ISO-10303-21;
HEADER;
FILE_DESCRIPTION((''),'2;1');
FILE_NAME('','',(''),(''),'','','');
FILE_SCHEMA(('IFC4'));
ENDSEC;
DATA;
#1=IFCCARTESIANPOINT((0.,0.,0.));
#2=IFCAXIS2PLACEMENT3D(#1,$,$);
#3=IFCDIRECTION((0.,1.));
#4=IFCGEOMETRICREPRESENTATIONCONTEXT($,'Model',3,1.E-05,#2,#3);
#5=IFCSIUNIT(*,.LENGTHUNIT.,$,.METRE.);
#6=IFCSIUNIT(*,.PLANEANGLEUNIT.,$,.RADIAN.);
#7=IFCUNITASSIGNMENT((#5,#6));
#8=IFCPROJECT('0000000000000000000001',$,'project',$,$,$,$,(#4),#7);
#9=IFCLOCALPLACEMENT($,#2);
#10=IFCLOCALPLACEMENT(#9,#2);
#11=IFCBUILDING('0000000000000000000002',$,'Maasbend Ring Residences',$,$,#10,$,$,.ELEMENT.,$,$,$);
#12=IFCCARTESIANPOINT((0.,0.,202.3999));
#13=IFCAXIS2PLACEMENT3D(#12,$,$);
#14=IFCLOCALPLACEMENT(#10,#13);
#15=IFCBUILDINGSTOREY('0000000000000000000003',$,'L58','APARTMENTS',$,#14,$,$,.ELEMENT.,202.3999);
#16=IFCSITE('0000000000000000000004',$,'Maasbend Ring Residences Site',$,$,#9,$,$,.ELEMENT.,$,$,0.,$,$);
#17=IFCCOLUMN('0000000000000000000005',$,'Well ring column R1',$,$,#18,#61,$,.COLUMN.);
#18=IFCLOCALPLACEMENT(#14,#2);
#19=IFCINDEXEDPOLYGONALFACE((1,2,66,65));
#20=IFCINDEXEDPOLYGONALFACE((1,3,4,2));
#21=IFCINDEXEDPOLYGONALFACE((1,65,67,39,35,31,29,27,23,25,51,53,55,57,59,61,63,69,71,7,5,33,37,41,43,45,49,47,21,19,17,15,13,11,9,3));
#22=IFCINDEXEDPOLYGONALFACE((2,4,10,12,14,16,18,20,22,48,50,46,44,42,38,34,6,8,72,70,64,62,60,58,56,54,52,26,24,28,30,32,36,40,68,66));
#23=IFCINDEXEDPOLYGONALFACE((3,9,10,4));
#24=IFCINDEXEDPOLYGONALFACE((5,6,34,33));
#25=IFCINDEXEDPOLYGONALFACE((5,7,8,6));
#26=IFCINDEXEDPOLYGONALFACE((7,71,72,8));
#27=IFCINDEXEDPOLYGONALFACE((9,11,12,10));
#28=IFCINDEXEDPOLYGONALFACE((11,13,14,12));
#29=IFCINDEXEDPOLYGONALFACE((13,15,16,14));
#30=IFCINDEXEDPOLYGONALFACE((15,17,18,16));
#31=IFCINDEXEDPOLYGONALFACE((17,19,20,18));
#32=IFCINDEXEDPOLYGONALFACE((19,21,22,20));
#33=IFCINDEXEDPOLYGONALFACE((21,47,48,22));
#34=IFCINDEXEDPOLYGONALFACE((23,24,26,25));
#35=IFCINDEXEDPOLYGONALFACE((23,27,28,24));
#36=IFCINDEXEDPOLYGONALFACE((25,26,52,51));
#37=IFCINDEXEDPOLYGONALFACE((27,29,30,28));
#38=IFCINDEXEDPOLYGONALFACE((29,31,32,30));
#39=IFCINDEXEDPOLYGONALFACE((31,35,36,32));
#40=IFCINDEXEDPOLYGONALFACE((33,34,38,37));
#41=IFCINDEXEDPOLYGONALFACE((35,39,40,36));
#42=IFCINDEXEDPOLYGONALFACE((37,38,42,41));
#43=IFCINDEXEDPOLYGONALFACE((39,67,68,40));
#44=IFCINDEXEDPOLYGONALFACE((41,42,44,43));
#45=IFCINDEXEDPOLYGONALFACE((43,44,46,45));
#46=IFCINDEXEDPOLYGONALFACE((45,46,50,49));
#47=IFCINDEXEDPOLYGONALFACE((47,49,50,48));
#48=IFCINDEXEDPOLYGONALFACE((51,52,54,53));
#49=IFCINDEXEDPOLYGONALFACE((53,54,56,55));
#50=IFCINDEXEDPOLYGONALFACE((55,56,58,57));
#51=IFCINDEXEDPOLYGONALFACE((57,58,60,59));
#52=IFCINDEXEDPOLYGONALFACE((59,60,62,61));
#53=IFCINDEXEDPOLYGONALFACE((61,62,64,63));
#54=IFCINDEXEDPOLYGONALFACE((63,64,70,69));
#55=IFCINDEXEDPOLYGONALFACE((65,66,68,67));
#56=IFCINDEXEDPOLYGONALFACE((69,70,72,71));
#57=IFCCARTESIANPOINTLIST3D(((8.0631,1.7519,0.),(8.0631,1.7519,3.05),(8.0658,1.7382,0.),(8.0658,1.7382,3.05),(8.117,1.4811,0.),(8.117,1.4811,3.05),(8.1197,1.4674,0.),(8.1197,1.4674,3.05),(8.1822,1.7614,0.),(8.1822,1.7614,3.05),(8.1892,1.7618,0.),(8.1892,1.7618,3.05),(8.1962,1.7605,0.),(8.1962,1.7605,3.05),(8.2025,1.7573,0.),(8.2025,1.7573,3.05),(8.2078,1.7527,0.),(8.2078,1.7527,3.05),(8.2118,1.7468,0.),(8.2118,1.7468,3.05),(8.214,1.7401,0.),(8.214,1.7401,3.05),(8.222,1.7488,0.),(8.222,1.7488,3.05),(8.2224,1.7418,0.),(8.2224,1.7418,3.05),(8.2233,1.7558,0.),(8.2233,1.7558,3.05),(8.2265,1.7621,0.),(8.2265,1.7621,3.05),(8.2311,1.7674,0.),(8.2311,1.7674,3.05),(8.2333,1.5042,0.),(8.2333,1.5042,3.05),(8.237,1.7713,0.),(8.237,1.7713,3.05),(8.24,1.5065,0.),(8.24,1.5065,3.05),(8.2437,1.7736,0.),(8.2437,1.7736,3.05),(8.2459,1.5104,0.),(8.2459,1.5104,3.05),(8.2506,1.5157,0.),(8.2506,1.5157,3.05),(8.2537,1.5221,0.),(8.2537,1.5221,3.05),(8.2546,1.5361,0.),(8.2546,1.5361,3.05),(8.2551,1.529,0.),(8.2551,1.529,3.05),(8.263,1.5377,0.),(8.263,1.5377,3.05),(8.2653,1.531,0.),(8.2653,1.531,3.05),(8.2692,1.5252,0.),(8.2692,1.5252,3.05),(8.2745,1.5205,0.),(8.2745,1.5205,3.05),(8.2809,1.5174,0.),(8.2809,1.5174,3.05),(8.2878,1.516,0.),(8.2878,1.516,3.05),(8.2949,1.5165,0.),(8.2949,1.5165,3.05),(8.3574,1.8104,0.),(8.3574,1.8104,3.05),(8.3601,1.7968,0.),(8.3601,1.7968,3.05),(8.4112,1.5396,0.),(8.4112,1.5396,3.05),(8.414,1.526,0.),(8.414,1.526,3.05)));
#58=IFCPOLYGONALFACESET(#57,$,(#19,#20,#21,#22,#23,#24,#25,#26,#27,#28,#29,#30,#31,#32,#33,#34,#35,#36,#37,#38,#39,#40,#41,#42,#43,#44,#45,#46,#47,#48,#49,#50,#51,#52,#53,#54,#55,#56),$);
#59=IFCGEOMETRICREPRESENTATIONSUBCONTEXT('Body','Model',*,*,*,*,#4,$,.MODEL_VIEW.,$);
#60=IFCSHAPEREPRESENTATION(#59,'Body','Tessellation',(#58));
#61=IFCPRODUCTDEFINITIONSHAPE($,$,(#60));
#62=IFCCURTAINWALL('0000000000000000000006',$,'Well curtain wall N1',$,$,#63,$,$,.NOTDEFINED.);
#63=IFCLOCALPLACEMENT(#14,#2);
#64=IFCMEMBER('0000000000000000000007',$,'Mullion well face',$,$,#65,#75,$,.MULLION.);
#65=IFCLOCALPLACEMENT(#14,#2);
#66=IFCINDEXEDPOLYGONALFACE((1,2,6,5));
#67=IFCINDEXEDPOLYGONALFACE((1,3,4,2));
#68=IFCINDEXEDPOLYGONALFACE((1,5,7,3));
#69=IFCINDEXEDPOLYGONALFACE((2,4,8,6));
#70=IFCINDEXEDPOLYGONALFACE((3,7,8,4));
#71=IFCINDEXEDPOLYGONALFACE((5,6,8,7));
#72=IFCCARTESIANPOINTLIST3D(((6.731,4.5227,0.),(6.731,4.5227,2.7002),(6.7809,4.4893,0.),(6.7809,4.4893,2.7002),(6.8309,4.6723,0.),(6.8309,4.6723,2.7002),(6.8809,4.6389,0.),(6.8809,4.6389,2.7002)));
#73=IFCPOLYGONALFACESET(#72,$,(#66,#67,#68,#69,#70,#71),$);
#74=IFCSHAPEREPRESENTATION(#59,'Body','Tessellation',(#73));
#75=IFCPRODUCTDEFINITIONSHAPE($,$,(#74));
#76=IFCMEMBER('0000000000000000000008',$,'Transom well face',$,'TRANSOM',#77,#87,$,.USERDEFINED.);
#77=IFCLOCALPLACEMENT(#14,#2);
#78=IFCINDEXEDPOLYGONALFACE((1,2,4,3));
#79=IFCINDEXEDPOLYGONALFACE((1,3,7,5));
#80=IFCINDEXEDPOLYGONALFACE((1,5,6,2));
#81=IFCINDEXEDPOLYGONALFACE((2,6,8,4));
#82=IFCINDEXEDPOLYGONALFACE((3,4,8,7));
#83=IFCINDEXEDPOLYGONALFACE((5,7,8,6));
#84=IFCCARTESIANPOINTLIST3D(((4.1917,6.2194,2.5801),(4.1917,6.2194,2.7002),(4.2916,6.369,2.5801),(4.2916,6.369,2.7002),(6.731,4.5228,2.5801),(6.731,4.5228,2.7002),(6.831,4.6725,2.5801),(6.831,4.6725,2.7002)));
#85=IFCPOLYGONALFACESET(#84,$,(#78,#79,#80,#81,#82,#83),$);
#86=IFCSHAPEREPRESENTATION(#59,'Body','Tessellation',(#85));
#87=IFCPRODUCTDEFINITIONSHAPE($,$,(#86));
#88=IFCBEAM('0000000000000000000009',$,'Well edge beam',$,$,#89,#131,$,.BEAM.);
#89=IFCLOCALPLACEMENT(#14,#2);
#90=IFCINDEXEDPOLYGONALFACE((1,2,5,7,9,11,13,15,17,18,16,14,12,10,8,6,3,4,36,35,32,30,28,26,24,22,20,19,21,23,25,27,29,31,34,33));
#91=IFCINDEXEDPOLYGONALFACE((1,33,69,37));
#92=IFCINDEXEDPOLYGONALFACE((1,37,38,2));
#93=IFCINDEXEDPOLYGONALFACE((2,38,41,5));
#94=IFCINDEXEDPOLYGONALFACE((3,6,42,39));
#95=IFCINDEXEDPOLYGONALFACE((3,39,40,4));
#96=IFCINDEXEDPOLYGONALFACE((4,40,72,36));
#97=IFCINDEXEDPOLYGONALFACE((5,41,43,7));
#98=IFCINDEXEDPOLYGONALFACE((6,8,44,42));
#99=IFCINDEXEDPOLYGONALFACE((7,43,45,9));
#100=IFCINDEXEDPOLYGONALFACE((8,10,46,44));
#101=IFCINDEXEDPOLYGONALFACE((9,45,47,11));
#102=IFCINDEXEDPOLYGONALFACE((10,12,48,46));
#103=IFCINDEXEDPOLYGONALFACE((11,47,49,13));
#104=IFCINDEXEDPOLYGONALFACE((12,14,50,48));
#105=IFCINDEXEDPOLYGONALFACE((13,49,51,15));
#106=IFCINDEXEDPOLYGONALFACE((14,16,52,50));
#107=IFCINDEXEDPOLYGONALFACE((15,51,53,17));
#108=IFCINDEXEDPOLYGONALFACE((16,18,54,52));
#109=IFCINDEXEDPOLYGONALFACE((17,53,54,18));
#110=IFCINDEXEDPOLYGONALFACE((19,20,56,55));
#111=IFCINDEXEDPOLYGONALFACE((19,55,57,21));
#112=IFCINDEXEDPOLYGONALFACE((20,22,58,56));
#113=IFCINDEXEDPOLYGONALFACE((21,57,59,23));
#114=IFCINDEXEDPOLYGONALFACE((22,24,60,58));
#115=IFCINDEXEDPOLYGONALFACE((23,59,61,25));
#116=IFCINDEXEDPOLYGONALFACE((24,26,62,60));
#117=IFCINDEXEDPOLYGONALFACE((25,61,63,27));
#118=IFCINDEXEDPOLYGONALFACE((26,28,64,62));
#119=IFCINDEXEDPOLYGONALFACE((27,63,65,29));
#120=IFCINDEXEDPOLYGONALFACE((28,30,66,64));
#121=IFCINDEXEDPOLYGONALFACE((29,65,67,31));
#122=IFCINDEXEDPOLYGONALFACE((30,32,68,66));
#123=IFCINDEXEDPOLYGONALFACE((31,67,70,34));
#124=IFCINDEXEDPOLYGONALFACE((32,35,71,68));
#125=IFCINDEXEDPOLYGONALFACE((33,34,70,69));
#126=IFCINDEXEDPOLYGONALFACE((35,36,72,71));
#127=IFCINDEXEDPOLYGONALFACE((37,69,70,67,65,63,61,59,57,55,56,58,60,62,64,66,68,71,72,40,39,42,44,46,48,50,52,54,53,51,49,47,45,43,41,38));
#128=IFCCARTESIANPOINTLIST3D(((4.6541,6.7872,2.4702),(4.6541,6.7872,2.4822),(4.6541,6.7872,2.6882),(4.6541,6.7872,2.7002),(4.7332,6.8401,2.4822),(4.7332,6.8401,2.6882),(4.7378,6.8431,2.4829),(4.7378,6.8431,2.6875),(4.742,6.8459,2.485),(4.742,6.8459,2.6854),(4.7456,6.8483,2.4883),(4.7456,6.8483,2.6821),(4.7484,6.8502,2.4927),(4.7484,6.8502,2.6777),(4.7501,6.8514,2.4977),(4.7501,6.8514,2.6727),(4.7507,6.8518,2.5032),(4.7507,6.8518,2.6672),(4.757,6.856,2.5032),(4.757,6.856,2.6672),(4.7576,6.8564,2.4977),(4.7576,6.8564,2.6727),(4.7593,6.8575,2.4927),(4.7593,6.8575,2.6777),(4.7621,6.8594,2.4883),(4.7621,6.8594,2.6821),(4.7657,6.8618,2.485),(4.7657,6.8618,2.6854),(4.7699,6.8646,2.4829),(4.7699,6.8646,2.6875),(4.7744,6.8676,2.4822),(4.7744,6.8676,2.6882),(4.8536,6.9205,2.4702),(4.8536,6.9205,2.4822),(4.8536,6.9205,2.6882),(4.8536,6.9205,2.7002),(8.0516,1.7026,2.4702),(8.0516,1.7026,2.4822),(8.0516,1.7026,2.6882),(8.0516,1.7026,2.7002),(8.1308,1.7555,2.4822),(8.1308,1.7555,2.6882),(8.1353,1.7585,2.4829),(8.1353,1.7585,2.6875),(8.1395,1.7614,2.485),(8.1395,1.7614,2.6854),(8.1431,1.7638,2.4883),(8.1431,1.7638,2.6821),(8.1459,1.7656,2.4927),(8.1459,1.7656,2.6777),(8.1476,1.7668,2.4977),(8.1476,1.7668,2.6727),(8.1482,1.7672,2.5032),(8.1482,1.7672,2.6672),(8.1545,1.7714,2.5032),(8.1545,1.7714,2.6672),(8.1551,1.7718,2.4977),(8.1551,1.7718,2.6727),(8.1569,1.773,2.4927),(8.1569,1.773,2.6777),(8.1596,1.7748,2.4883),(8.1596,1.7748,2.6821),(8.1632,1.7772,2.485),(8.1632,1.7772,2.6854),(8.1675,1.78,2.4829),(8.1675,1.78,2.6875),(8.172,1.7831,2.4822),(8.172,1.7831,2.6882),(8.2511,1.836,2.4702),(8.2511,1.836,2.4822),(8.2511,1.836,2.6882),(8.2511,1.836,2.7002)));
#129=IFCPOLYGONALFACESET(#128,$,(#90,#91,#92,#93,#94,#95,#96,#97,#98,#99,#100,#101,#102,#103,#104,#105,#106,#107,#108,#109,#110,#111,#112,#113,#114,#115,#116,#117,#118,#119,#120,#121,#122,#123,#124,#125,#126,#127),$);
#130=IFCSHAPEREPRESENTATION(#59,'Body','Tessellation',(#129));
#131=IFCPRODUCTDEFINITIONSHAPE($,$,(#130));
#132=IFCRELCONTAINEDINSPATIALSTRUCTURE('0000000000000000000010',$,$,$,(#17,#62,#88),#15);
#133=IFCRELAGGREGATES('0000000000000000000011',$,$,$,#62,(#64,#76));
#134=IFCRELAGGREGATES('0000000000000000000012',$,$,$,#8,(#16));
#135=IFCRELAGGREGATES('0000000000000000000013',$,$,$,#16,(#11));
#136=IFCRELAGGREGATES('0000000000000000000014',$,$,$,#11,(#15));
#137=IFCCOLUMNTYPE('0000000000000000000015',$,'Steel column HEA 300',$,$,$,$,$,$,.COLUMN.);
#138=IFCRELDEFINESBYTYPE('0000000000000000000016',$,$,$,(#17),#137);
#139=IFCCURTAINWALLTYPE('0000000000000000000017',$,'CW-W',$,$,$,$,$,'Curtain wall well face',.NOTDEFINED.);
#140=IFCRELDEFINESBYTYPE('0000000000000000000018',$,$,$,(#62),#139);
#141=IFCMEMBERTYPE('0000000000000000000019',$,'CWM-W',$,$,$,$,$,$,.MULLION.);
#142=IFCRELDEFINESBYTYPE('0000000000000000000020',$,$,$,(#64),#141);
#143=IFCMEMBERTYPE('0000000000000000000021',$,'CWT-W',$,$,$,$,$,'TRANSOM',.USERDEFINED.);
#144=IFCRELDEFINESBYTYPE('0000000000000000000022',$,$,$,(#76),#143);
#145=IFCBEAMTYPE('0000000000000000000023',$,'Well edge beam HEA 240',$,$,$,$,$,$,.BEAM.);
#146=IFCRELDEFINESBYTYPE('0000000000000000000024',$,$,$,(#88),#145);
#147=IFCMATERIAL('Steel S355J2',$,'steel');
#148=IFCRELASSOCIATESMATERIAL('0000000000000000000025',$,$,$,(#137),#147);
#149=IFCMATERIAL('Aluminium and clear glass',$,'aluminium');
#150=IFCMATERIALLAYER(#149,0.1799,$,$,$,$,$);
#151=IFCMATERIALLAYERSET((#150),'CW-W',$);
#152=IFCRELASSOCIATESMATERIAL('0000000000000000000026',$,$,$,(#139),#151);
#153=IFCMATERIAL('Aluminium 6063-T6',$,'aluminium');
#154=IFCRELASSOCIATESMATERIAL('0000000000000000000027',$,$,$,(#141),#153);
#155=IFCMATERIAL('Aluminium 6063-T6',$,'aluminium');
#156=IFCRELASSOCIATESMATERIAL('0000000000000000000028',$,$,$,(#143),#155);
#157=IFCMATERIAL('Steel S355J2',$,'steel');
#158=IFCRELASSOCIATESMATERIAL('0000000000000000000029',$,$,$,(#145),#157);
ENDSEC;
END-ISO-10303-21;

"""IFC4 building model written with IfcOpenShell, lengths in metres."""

from ifc_helpers import new_model, si_unit, direction, frame, origin, origin_2d, place, context, subcontext, project, spatial, rectangle, i_section, extrude, material, layer, layer_set, material_profile, profile_set, type_object, element, aggregate, save


model = new_model("IFC4")

# Units and contexts
model_context = context("Model", 3, precision=1e-05, world=origin(), true_north=direction((0.0, 1.0)))
body_context = subcontext(model_context, "Body", "Model", "MODEL_VIEW")
ifc_project = project(units=[si_unit("LENGTHUNIT", "METRE"), si_unit("PLANEANGLEUNIT", "RADIAN")], contexts=[model_context])

# Site, building, storey
site_placement = place(None, origin())
site = spatial("IfcSite", under=ifc_project, at=site_placement, Name="Maasbend Ring Residences Site", CompositionType="ELEMENT", RefElevation=0.0)
building_placement = place(site_placement, origin())
building = spatial("IfcBuilding", under=site, at=building_placement, Name="Maasbend Ring Residences", CompositionType="ELEMENT")
storey_placement = place(building_placement, frame((0.0, 0.0, 202.3999)))
storey = spatial("IfcBuildingStorey", under=building, at=storey_placement, Name="L58", Description="APARTMENTS", CompositionType="ELEMENT", Elevation=202.3999)

# Column
ifc_material_1 = material(Name="Steel S355J2", Category="steel")
ifc_material_profile_1 = material_profile(ifc_material_1, i_section(OverallWidth=0.3, OverallDepth=0.29, WebThickness=0.0085, FlangeThickness=0.0139, FilletRadius=0.0271, at=origin_2d()), Name="HEA 300")
ifc_profile_set_1 = profile_set([ifc_material_profile_1], Name="Steel S355J2")
column_type = type_object("IfcColumnType", Name="Steel column HEA 300", PredefinedType="COLUMN", material=ifc_profile_set_1)
column_placement = place(storey_placement, frame((8.2385, 1.6389, 0.0), z_axis=(0.0, 0.0, 1.0), x_axis=(0.980785, 0.19509, 0.0)))
element("IfcColumn", 1, at=column_placement, inside=storey, type_object=column_type, Name="Well ring column R1", PredefinedType="COLUMN", context=body_context, shape_type="SweptSolid", body=[
    extrude(i_section(OverallWidth=0.3, OverallDepth=0.29, WebThickness=0.0085, FlangeThickness=0.0139, FilletRadius=0.0271, at=origin_2d()), origin(), (0.0, 0.0, 1.0), 3.05),
])

# Curtain wall, members
ifc_material_2 = material(Name="Aluminium and clear glass", Category="aluminium")
ifc_layer_1 = layer(ifc_material_2, 0.1799)
ifc_layer_set_1 = layer_set([ifc_layer_1], Name="CW-W")
curtain_wall_type = type_object("IfcCurtainWallType", Name="CW-W", ElementType="Curtain wall well face", PredefinedType="NOTDEFINED", material=ifc_layer_set_1)
curtain_wall_placement = place(storey_placement, origin())
curtain_wall = element("IfcCurtainWall", 2, at=curtain_wall_placement, inside=storey, type_object=curtain_wall_type, Name="Well curtain wall N1", PredefinedType="NOTDEFINED")
ifc_material_3 = material(Name="Aluminium 6063-T6", Category="aluminium")
ifc_material_profile_2 = material_profile(ifc_material_3, rectangle(XDim=0.1799, YDim=0.0601, at=origin_2d()), Name="AL 180x60")
ifc_profile_set_2 = profile_set([ifc_material_profile_2], Name="Aluminium 6063-T6")
member_type_1 = type_object("IfcMemberType", Name="CWM-W", PredefinedType="MULLION", material=ifc_profile_set_2)
member_1_placement = place(storey_placement, frame((6.8059, 4.5808, 0.0), z_axis=(0.0, 0.0, 1.0), x_axis=(-0.55557, -0.83147, 0.0)))
member_1 = element("IfcMember", 3, at=member_1_placement, type_object=member_type_1, Name="Mullion well face", PredefinedType="MULLION", context=body_context, shape_type="SweptSolid", body=[
    extrude(rectangle(XDim=0.1799, YDim=0.0601, at=origin_2d()), origin(), (0.0, 0.0, 1.0), 2.7002),
])
ifc_material_4 = material(Name="Aluminium 6063-T6", Category="aluminium")
ifc_material_profile_3 = material_profile(ifc_material_4, rectangle(XDim=0.1799, YDim=0.1201, at=origin_2d()), Name="AL 180x120")
ifc_profile_set_3 = profile_set([ifc_material_profile_3], Name="Aluminium 6063-T6")
member_type_2 = type_object("IfcMemberType", Name="CWT-W", ElementType="TRANSOM", PredefinedType="USERDEFINED", material=ifc_profile_set_3)
member_2_placement = place(storey_placement, frame((6.781, 4.5977, 2.6401), z_axis=(-0.831496, 0.55553, 0.0), x_axis=(-0.55553, -0.831496, 0.0)))
member_2 = element("IfcMember", 4, at=member_2_placement, type_object=member_type_2, Name="Transom well face", ObjectType="TRANSOM", PredefinedType="USERDEFINED", context=body_context, shape_type="SweptSolid", body=[
    extrude(rectangle(XDim=0.1799, YDim=0.1201, at=origin_2d()), origin(), (0.0, 0.0, 1.0), 3.054),
])
aggregate(curtain_wall, [member_1, member_2])

# Beam
ifc_material_5 = material(Name="Steel S355J2", Category="steel")
ifc_material_profile_4 = material_profile(ifc_material_5, i_section(OverallWidth=0.24, OverallDepth=0.23, WebThickness=0.0076, FlangeThickness=0.012, FilletRadius=0.021, at=origin_2d()), Name="HEA 240")
ifc_profile_set_4 = profile_set([ifc_material_profile_4], Name="Steel S355J2")
beam_type = type_object("IfcBeamType", Name="Well edge beam HEA 240", PredefinedType="BEAM", material=ifc_profile_set_4)
beam_placement = place(storey_placement, frame((8.1514, 1.7693, 2.5852), z_axis=(-0.555584, 0.83146, 0.0), x_axis=(-0.83146, -0.555584, 0.0)))
element("IfcBeam", 5, at=beam_placement, inside=storey, type_object=beam_type, Name="Well edge beam", PredefinedType="BEAM", context=body_context, shape_type="SweptSolid", body=[
    extrude(i_section(OverallWidth=0.24, OverallDepth=0.23, WebThickness=0.0076, FlangeThickness=0.012, FilletRadius=0.021, at=origin_2d()), origin(), (0.0, 0.0, 1.0), 6.1152),
])

save(model, "model.ifc")
